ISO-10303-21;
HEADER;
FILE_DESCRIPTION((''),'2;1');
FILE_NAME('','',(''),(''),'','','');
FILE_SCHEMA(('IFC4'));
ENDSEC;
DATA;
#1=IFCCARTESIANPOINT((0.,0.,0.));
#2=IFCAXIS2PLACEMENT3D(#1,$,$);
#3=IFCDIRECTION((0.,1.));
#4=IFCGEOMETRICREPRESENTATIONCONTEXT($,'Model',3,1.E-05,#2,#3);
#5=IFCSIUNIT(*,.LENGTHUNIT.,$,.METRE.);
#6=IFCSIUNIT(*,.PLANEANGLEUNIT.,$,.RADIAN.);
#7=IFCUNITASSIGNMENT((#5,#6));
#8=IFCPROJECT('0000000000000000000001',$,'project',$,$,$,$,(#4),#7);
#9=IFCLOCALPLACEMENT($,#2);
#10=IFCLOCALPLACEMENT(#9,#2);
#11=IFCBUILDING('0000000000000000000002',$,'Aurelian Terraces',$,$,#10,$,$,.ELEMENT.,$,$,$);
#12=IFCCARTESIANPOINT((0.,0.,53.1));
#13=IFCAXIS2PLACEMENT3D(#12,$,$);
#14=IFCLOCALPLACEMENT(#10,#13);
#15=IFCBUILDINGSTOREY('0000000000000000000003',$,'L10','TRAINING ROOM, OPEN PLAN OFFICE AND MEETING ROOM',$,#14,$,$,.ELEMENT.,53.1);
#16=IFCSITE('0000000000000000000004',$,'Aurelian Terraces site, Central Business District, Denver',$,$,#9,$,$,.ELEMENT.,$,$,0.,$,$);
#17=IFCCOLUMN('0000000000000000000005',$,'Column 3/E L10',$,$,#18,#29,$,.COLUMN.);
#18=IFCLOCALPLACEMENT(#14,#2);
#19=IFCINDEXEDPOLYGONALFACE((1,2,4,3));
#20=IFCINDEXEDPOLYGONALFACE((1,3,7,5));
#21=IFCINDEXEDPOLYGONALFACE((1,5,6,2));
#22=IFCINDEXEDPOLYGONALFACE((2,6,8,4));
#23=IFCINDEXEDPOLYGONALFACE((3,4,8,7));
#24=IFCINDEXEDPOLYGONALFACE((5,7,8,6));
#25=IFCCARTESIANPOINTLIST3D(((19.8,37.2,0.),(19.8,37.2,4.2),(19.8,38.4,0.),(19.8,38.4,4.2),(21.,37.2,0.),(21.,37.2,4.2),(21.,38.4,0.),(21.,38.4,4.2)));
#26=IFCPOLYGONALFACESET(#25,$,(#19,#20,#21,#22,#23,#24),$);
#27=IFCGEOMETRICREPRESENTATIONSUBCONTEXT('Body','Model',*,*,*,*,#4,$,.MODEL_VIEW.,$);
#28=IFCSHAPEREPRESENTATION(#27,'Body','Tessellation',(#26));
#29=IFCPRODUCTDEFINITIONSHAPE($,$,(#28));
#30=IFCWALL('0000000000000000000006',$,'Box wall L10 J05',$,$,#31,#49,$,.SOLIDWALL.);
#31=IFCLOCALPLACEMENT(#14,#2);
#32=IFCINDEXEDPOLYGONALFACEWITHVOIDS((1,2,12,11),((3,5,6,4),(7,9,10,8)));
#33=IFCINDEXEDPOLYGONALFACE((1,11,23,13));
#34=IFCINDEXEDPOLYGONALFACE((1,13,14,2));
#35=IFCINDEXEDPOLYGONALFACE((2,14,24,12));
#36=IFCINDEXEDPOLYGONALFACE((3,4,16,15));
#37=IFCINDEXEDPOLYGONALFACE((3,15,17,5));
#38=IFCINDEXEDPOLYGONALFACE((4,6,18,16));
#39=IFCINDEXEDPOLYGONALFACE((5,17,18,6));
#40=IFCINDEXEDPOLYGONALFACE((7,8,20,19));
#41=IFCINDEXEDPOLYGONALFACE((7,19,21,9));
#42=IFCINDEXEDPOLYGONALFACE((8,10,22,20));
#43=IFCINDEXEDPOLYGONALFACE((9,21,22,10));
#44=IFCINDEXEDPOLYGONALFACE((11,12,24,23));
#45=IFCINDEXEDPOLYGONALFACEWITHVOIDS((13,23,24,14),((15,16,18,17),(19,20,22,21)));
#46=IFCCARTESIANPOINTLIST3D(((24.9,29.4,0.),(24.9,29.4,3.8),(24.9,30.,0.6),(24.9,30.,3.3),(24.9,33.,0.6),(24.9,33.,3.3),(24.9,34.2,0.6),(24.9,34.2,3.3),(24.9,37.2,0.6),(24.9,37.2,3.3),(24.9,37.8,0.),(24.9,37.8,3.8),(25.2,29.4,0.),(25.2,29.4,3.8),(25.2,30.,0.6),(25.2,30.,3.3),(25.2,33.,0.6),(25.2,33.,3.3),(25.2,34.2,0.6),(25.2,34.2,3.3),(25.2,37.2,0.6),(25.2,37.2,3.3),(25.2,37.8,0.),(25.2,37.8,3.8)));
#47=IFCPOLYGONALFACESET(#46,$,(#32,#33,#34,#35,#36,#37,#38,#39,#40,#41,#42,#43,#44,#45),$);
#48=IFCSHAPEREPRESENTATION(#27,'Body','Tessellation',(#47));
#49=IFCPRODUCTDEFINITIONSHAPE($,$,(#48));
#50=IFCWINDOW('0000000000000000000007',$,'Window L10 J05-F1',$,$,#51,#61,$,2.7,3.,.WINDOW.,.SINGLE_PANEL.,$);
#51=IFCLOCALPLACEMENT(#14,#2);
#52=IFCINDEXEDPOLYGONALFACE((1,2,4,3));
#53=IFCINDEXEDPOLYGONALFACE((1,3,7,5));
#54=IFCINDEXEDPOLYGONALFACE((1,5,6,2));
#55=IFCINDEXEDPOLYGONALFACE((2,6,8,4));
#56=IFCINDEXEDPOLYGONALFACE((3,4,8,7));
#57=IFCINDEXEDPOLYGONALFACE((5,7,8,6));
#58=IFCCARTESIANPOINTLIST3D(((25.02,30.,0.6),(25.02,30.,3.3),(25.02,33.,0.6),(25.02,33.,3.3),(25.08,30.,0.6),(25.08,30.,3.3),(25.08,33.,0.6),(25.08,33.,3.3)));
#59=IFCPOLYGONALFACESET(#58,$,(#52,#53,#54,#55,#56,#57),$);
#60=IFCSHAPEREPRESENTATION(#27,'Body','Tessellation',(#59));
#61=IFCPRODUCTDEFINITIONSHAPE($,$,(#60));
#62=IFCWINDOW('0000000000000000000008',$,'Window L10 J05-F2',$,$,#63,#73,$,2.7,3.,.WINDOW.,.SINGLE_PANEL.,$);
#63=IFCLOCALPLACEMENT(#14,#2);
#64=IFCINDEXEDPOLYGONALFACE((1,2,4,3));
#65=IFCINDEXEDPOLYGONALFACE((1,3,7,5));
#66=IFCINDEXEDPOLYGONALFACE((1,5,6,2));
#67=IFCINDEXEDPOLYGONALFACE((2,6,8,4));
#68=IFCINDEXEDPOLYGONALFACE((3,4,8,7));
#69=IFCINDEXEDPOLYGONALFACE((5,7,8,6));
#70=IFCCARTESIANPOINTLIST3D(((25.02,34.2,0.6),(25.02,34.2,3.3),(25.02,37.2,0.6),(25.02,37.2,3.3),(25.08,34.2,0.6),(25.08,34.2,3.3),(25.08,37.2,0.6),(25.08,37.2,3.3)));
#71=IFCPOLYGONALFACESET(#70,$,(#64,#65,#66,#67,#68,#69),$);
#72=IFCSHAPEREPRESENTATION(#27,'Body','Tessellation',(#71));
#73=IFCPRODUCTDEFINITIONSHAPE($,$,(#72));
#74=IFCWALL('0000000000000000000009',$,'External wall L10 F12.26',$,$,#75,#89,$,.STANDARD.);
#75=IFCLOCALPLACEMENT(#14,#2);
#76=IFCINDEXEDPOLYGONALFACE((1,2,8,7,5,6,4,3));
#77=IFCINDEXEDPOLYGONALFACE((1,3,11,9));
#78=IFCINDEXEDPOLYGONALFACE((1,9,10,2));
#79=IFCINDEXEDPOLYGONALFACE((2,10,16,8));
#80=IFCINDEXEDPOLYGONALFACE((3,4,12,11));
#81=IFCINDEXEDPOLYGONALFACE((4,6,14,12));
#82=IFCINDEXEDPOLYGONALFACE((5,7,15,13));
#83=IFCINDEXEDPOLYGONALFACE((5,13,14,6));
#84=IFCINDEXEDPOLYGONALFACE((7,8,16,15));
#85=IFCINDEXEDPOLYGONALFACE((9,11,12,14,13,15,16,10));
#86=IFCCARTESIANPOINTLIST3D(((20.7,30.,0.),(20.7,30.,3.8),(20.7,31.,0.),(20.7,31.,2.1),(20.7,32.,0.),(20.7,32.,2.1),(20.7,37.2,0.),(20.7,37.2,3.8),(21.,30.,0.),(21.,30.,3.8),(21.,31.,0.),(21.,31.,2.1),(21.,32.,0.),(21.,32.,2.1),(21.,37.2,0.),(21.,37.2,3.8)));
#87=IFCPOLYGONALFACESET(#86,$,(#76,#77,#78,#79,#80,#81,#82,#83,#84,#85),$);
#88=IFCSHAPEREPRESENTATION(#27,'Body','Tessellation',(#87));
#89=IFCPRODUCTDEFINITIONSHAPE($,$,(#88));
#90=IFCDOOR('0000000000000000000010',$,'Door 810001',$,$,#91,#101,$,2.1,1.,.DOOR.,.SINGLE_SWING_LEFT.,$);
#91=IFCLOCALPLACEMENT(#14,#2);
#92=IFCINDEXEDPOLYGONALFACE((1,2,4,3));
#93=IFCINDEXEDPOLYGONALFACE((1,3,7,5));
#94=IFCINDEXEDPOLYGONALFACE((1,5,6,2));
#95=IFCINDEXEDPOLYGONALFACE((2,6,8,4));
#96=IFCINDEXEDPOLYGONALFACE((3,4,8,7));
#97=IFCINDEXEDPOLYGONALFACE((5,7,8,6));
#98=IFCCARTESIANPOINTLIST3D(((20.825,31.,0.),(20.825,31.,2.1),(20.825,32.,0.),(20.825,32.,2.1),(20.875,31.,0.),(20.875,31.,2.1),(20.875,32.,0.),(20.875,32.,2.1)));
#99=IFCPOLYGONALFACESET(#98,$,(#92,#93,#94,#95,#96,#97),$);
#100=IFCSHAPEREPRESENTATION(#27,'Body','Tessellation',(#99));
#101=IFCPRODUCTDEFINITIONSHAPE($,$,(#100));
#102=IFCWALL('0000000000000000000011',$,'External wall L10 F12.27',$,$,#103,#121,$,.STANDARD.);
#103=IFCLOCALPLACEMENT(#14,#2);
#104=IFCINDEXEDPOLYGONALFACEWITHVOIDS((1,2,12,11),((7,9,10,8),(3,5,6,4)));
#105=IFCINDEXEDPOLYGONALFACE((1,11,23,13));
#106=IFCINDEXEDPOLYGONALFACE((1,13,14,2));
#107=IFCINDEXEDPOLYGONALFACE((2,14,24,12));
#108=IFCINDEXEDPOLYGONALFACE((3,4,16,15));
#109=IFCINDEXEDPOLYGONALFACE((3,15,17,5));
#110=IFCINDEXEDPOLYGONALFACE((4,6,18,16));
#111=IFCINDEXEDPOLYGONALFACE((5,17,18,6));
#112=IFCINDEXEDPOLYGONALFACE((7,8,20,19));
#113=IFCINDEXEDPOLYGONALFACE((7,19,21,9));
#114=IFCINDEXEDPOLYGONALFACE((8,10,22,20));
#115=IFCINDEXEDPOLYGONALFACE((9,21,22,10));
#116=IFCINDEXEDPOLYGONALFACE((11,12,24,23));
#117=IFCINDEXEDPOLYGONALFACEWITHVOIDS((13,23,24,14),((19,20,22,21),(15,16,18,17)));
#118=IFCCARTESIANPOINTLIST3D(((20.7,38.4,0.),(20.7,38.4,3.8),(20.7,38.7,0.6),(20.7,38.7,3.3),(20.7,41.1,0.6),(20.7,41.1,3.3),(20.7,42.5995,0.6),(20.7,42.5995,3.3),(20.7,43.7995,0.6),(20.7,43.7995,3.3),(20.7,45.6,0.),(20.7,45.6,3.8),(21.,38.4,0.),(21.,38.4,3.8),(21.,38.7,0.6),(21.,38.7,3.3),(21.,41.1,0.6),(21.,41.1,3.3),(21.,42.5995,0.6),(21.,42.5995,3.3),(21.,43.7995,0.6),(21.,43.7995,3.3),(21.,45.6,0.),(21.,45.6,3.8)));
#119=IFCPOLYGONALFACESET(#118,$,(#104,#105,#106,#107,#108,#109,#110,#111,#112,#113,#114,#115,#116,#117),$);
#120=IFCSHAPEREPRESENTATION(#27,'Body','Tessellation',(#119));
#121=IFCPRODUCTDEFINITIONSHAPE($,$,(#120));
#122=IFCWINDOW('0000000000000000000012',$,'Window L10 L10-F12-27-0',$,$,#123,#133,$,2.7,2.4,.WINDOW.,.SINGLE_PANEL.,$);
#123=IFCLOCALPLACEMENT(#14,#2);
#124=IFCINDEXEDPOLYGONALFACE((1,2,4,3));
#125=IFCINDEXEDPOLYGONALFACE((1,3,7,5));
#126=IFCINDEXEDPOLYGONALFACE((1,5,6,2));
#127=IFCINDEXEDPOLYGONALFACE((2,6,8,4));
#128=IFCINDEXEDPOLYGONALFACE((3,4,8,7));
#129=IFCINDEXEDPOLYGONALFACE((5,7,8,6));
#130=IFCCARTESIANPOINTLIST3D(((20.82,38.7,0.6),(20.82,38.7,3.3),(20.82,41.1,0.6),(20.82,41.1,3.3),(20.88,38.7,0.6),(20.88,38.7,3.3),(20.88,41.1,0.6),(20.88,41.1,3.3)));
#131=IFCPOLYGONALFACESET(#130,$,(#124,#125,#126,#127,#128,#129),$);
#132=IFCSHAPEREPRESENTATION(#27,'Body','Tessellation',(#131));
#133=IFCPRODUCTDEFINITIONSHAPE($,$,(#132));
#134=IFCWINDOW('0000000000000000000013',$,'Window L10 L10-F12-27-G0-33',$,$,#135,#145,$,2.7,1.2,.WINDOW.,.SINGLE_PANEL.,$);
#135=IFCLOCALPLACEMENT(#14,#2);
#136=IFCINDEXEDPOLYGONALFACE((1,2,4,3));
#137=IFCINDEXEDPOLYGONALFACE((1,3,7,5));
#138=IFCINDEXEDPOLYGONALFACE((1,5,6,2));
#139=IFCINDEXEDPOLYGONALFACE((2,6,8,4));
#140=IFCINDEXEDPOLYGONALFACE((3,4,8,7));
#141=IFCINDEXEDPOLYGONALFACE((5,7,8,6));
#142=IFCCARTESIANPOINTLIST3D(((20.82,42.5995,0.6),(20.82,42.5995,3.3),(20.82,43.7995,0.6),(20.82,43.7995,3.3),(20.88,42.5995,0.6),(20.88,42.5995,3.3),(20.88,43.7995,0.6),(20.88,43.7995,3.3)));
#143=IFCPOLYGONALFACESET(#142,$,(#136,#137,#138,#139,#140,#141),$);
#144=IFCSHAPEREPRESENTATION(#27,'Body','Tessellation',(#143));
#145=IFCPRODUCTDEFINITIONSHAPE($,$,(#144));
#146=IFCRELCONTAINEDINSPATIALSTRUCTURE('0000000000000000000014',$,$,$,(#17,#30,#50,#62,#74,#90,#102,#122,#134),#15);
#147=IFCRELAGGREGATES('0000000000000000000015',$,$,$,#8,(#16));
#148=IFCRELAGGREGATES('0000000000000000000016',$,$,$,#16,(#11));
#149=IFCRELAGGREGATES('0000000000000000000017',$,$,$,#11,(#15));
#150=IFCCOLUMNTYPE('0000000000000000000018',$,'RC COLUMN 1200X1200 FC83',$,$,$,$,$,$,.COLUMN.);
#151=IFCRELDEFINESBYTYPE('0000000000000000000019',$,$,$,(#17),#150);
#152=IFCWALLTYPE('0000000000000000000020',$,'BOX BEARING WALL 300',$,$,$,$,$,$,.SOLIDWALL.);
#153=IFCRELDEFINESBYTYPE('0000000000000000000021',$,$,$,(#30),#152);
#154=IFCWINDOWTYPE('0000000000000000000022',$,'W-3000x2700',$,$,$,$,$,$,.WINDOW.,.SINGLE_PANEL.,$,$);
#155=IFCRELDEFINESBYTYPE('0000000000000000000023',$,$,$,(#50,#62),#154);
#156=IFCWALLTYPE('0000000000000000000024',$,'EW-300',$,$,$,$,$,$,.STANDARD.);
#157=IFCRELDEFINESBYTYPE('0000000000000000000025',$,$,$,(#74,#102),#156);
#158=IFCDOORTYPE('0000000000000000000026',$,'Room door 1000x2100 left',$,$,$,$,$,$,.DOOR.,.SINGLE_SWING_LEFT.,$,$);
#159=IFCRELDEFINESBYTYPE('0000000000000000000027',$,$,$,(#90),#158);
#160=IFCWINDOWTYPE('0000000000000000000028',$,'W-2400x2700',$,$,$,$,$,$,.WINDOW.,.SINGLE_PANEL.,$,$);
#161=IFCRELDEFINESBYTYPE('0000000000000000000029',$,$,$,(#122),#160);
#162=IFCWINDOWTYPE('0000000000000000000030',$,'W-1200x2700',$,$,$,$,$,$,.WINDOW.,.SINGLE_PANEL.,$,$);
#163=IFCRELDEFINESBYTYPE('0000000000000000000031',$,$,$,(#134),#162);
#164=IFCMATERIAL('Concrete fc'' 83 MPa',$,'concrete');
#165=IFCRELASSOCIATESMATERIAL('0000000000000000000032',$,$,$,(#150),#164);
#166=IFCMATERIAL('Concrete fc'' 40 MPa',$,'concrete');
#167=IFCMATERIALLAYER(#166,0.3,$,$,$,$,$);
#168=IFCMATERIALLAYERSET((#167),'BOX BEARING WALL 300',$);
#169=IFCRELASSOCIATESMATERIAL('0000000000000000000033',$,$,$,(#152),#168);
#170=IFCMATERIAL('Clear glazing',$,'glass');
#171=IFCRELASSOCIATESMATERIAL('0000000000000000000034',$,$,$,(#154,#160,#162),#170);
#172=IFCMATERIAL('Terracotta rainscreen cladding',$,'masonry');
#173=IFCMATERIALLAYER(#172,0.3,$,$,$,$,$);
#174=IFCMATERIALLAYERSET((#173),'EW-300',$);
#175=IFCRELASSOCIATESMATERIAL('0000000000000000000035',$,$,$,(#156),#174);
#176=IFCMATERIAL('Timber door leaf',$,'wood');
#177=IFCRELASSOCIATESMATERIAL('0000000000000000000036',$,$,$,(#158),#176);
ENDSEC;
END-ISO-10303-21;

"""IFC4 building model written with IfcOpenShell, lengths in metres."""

from ifc_helpers import new_model, si_unit, direction, frame, frame_2d, origin, origin_2d, place, context, subcontext, project, spatial, rectangle, extrude, source, transform, mapped, material, layer, layer_set, material_profile, profile_set, type_object, element, fill, save


model = new_model("IFC4")

# Units and contexts
model_context = context("Model", 3, precision=1e-05, world=origin(), true_north=direction((0.0, 1.0)))
body_context = subcontext(model_context, "Body", "Model", "MODEL_VIEW")
ifc_project = project(units=[si_unit("LENGTHUNIT", "METRE"), si_unit("PLANEANGLEUNIT", "RADIAN")], contexts=[model_context])

# Site, building, storey
site_placement = place(None, origin())
site = spatial("IfcSite", under=ifc_project, at=site_placement, Name="Aurelian Terraces site, Central Business District, Denver", CompositionType="ELEMENT", RefElevation=0.0)
building_placement = place(site_placement, origin())
building = spatial("IfcBuilding", under=site, at=building_placement, Name="Aurelian Terraces", CompositionType="ELEMENT")
storey_placement = place(building_placement, frame((0.0, 0.0, 53.1)))
storey = spatial("IfcBuildingStorey", under=building, at=storey_placement, Name="L10", Description="TRAINING ROOM, OPEN PLAN OFFICE AND MEETING ROOM", CompositionType="ELEMENT", Elevation=53.1)

# Column
ifc_material_1 = material(Name="Concrete fc' 83 MPa", Category="concrete")
ifc_material_profile = material_profile(ifc_material_1, rectangle(XDim=1.2, YDim=1.2, at=origin_2d()))
ifc_profile_set = profile_set([ifc_material_profile], Name="Concrete fc' 83 MPa")
column_type = type_object("IfcColumnType", Name="RC COLUMN 1200X1200 FC83", PredefinedType="COLUMN", material=ifc_profile_set)
shared_shape_1 = source(origin(), body_context, "Body", "SweptSolid", [
    extrude(rectangle(XDim=1.2, YDim=1.2, at=origin_2d()), origin(), (0.0, 0.0, 1.0), 4.2),
])
column_placement = place(storey_placement, frame((20.4, 37.8, 0.0), z_axis=(0.0, 0.0, 1.0), x_axis=(1.0, 0.0, 0.0)))
element("IfcColumn", 1, at=column_placement, inside=storey, type_object=column_type, Name="Column 3/E L10", PredefinedType="COLUMN", context=body_context, shape_type="MappedRepresentation", body=[
    mapped(shared_shape_1, transform((0.0, 0.0, 0.0), scale=1.0)),
])

# Wall, openings, windows
ifc_material_2 = material(Name="Concrete fc' 40 MPa", Category="concrete")
ifc_layer_1 = layer(ifc_material_2, 0.3)
ifc_layer_set_1 = layer_set([ifc_layer_1], Name="BOX BEARING WALL 300")
wall_type_1 = type_object("IfcWallType", Name="BOX BEARING WALL 300", PredefinedType="SOLIDWALL", material=ifc_layer_set_1)
wall_1_placement = place(storey_placement, frame((25.05, 29.4, 0.0), z_axis=(0.0, 0.0, 1.0), x_axis=(0.0, 1.0, 0.0)))
wall_1 = element("IfcWall", 2, at=wall_1_placement, inside=storey, type_object=wall_type_1, Name="Box wall L10 J05", PredefinedType="SOLIDWALL", context=body_context, shape_type="SweptSolid", body=[
    extrude(rectangle(XDim=8.4, YDim=0.3, at=frame_2d((4.2, 0.0))), origin(), (0.0, 0.0, 1.0), 3.8),
])
shared_shape_2 = source(origin(), body_context, "Body", "SweptSolid", [
    extrude(rectangle(XDim=3.0, YDim=2.7, at=frame_2d((1.5, 1.35))), frame((0.0, 0.16, 0.0), z_axis=(0.0, -1.0, 0.0), x_axis=(1.0, 0.0, 0.0)), (0.0, 0.0, 1.0), 0.32),
])
opening_1_placement = place(wall_1_placement, frame((0.6, 0.0, 0.6)))
opening_1 = element("IfcOpeningElement", 3, at=opening_1_placement, cuts=wall_1, PredefinedType="OPENING", context=body_context, shape_type="MappedRepresentation", body=[
    mapped(shared_shape_2, transform((0.0, 0.0, 0.0), scale=1.0)),
])
opening_2_placement = place(wall_1_placement, frame((4.8, 0.0, 0.6)))
opening_2 = element("IfcOpeningElement", 4, at=opening_2_placement, cuts=wall_1, PredefinedType="OPENING", context=body_context, shape_type="MappedRepresentation", body=[
    mapped(shared_shape_2, transform((0.0, 0.0, 0.0), scale=1.0)),
])
ifc_material_3 = material(Name="Clear glazing", Category="glass")
window_type_1 = type_object("IfcWindowType", Name="W-3000x2700", PartitioningType="SINGLE_PANEL", PredefinedType="WINDOW", material=ifc_material_3)
shared_shape_3 = source(origin(), body_context, "Body", "SweptSolid", [
    extrude(rectangle(XDim=3.0, YDim=2.7, at=frame_2d((1.5, 1.35))), frame((0.0, 0.03, 0.0), z_axis=(0.0, -1.0, 0.0), x_axis=(1.0, 0.0, 0.0)), (0.0, 0.0, 1.0), 0.06),
])
window_1_placement = place(opening_1_placement, origin())
window_1 = element("IfcWindow", 5, at=window_1_placement, inside=storey, type_object=window_type_1, Name="Window L10 J05-F1", OverallHeight=2.7, OverallWidth=3.0, PartitioningType="SINGLE_PANEL", PredefinedType="WINDOW", context=body_context, shape_type="MappedRepresentation", body=[
    mapped(shared_shape_3, transform((0.0, 0.0, 0.0), scale=1.0)),
])
fill(opening_1, window_1)
window_2_placement = place(opening_2_placement, origin())
window_2 = element("IfcWindow", 6, at=window_2_placement, inside=storey, type_object=window_type_1, Name="Window L10 J05-F2", OverallHeight=2.7, OverallWidth=3.0, PartitioningType="SINGLE_PANEL", PredefinedType="WINDOW", context=body_context, shape_type="MappedRepresentation", body=[
    mapped(shared_shape_3, transform((0.0, 0.0, 0.0), scale=1.0)),
])
fill(opening_2, window_2)

# Wall, opening, door
ifc_material_4 = material(Name="Terracotta rainscreen cladding", Category="masonry")
ifc_layer_2 = layer(ifc_material_4, 0.3)
ifc_layer_set_2 = layer_set([ifc_layer_2], Name="EW-300")
wall_type_2 = type_object("IfcWallType", Name="EW-300", PredefinedType="STANDARD", material=ifc_layer_set_2)
shared_shape_4 = source(origin(), body_context, "Body", "SweptSolid", [
    extrude(rectangle(XDim=7.2, YDim=0.3, at=frame_2d((3.6, 0.0))), origin(), (0.0, 0.0, 1.0), 3.8),
])
wall_2_placement = place(storey_placement, frame((20.85, 30.0, 0.0), z_axis=(0.0, 0.0, 1.0), x_axis=(0.0, 1.0, 0.0)))
wall_2 = element("IfcWall", 7, at=wall_2_placement, inside=storey, type_object=wall_type_2, Name="External wall L10 F12.26", PredefinedType="STANDARD", context=body_context, shape_type="MappedRepresentation", body=[
    mapped(shared_shape_4, transform((0.0, 0.0, 0.0), scale=1.0)),
])
shared_shape_5 = source(origin(), body_context, "Body", "SweptSolid", [
    extrude(rectangle(XDim=1.0, YDim=2.1, at=frame_2d((0.5, 1.05))), frame((0.0, 0.16, 0.0), z_axis=(0.0, -1.0, 0.0), x_axis=(1.0, 0.0, 0.0)), (0.0, 0.0, 1.0), 0.32),
])
opening_3_placement = place(wall_2_placement, frame((1.0, 0.0, 0.0)))
opening_3 = element("IfcOpeningElement", 8, at=opening_3_placement, cuts=wall_2, PredefinedType="OPENING", context=body_context, shape_type="MappedRepresentation", body=[
    mapped(shared_shape_5, transform((0.0, 0.0, 0.0), scale=1.0)),
])
ifc_material_5 = material(Name="Timber door leaf", Category="wood")
door_type = type_object("IfcDoorType", Name="Room door 1000x2100 left", OperationType="SINGLE_SWING_LEFT", PredefinedType="DOOR", material=ifc_material_5)
shared_shape_6 = source(origin(), body_context, "Body", "SweptSolid", [
    extrude(rectangle(XDim=1.0, YDim=2.1, at=frame_2d((0.5, 1.05))), frame((0.0, 0.025, 0.0), z_axis=(0.0, -1.0, 0.0), x_axis=(1.0, 0.0, 0.0)), (0.0, 0.0, 1.0), 0.05),
])
door_placement = place(opening_3_placement, origin())
door = element("IfcDoor", 9, at=door_placement, inside=storey, type_object=door_type, Name="Door 810001", OperationType="SINGLE_SWING_LEFT", OverallHeight=2.1, OverallWidth=1.0, PredefinedType="DOOR", context=body_context, shape_type="MappedRepresentation", body=[
    mapped(shared_shape_6, transform((0.0, 0.0, 0.0), scale=1.0)),
])
fill(opening_3, door)

# Wall, openings, windows
wall_3_placement = place(storey_placement, frame((20.85, 38.4, 0.0), z_axis=(0.0, 0.0, 1.0), x_axis=(0.0, 1.0, 0.0)))
wall_3 = element("IfcWall", 10, at=wall_3_placement, inside=storey, type_object=wall_type_2, Name="External wall L10 F12.27", PredefinedType="STANDARD", context=body_context, shape_type="MappedRepresentation", body=[
    mapped(shared_shape_4, transform((0.0, 0.0, 0.0), scale=1.0)),
])
shared_shape_7 = source(origin(), body_context, "Body", "SweptSolid", [
    extrude(rectangle(XDim=2.4, YDim=2.7, at=frame_2d((1.2, 1.35))), frame((0.0, 0.16, 0.0), z_axis=(0.0, -1.0, 0.0), x_axis=(1.0, 0.0, 0.0)), (0.0, 0.0, 1.0), 0.32),
])
opening_4_placement = place(wall_3_placement, frame((0.3, 0.0, 0.6)))
opening_4 = element("IfcOpeningElement", 11, at=opening_4_placement, cuts=wall_3, PredefinedType="OPENING", context=body_context, shape_type="MappedRepresentation", body=[
    mapped(shared_shape_7, transform((0.0, 0.0, 0.0), scale=1.0)),
])
shared_shape_8 = source(origin(), body_context, "Body", "SweptSolid", [
    extrude(rectangle(XDim=1.2, YDim=2.7, at=frame_2d((0.6, 1.35))), frame((0.0, 0.16, 0.0), z_axis=(0.0, -1.0, 0.0), x_axis=(1.0, 0.0, 0.0)), (0.0, 0.0, 1.0), 0.32),
])
opening_5_placement = place(wall_3_placement, frame((4.1995, 0.0, 0.6)))
opening_5 = element("IfcOpeningElement", 12, at=opening_5_placement, cuts=wall_3, PredefinedType="OPENING", context=body_context, shape_type="MappedRepresentation", body=[
    mapped(shared_shape_8, transform((0.0, 0.0, 0.0), scale=1.0)),
])
window_type_2 = type_object("IfcWindowType", Name="W-2400x2700", PartitioningType="SINGLE_PANEL", PredefinedType="WINDOW", material=ifc_material_3)
shared_shape_9 = source(origin(), body_context, "Body", "SweptSolid", [
    extrude(rectangle(XDim=2.4, YDim=2.7, at=frame_2d((1.2, 1.35))), frame((0.0, 0.03, 0.0), z_axis=(0.0, -1.0, 0.0), x_axis=(1.0, 0.0, 0.0)), (0.0, 0.0, 1.0), 0.06),
])
window_3_placement = place(opening_4_placement, origin())
window_3 = element("IfcWindow", 13, at=window_3_placement, inside=storey, type_object=window_type_2, Name="Window L10 L10-F12-27-0", OverallHeight=2.7, OverallWidth=2.4, PartitioningType="SINGLE_PANEL", PredefinedType="WINDOW", context=body_context, shape_type="MappedRepresentation", body=[
    mapped(shared_shape_9, transform((0.0, 0.0, 0.0), scale=1.0)),
])
fill(opening_4, window_3)
window_type_3 = type_object("IfcWindowType", Name="W-1200x2700", PartitioningType="SINGLE_PANEL", PredefinedType="WINDOW", material=ifc_material_3)
shared_shape_10 = source(origin(), body_context, "Body", "SweptSolid", [
    extrude(rectangle(XDim=1.2, YDim=2.7, at=frame_2d((0.6, 1.35))), frame((0.0, 0.03, 0.0), z_axis=(0.0, -1.0, 0.0), x_axis=(1.0, 0.0, 0.0)), (0.0, 0.0, 1.0), 0.06),
])
window_4_placement = place(opening_5_placement, origin())
window_4 = element("IfcWindow", 14, at=window_4_placement, inside=storey, type_object=window_type_3, Name="Window L10 L10-F12-27-G0-33", OverallHeight=2.7, OverallWidth=1.2, PartitioningType="SINGLE_PANEL", PredefinedType="WINDOW", context=body_context, shape_type="MappedRepresentation", body=[
    mapped(shared_shape_10, transform((0.0, 0.0, 0.0), scale=1.0)),
])
fill(opening_5, window_4)

save(model, "model.ifc")
